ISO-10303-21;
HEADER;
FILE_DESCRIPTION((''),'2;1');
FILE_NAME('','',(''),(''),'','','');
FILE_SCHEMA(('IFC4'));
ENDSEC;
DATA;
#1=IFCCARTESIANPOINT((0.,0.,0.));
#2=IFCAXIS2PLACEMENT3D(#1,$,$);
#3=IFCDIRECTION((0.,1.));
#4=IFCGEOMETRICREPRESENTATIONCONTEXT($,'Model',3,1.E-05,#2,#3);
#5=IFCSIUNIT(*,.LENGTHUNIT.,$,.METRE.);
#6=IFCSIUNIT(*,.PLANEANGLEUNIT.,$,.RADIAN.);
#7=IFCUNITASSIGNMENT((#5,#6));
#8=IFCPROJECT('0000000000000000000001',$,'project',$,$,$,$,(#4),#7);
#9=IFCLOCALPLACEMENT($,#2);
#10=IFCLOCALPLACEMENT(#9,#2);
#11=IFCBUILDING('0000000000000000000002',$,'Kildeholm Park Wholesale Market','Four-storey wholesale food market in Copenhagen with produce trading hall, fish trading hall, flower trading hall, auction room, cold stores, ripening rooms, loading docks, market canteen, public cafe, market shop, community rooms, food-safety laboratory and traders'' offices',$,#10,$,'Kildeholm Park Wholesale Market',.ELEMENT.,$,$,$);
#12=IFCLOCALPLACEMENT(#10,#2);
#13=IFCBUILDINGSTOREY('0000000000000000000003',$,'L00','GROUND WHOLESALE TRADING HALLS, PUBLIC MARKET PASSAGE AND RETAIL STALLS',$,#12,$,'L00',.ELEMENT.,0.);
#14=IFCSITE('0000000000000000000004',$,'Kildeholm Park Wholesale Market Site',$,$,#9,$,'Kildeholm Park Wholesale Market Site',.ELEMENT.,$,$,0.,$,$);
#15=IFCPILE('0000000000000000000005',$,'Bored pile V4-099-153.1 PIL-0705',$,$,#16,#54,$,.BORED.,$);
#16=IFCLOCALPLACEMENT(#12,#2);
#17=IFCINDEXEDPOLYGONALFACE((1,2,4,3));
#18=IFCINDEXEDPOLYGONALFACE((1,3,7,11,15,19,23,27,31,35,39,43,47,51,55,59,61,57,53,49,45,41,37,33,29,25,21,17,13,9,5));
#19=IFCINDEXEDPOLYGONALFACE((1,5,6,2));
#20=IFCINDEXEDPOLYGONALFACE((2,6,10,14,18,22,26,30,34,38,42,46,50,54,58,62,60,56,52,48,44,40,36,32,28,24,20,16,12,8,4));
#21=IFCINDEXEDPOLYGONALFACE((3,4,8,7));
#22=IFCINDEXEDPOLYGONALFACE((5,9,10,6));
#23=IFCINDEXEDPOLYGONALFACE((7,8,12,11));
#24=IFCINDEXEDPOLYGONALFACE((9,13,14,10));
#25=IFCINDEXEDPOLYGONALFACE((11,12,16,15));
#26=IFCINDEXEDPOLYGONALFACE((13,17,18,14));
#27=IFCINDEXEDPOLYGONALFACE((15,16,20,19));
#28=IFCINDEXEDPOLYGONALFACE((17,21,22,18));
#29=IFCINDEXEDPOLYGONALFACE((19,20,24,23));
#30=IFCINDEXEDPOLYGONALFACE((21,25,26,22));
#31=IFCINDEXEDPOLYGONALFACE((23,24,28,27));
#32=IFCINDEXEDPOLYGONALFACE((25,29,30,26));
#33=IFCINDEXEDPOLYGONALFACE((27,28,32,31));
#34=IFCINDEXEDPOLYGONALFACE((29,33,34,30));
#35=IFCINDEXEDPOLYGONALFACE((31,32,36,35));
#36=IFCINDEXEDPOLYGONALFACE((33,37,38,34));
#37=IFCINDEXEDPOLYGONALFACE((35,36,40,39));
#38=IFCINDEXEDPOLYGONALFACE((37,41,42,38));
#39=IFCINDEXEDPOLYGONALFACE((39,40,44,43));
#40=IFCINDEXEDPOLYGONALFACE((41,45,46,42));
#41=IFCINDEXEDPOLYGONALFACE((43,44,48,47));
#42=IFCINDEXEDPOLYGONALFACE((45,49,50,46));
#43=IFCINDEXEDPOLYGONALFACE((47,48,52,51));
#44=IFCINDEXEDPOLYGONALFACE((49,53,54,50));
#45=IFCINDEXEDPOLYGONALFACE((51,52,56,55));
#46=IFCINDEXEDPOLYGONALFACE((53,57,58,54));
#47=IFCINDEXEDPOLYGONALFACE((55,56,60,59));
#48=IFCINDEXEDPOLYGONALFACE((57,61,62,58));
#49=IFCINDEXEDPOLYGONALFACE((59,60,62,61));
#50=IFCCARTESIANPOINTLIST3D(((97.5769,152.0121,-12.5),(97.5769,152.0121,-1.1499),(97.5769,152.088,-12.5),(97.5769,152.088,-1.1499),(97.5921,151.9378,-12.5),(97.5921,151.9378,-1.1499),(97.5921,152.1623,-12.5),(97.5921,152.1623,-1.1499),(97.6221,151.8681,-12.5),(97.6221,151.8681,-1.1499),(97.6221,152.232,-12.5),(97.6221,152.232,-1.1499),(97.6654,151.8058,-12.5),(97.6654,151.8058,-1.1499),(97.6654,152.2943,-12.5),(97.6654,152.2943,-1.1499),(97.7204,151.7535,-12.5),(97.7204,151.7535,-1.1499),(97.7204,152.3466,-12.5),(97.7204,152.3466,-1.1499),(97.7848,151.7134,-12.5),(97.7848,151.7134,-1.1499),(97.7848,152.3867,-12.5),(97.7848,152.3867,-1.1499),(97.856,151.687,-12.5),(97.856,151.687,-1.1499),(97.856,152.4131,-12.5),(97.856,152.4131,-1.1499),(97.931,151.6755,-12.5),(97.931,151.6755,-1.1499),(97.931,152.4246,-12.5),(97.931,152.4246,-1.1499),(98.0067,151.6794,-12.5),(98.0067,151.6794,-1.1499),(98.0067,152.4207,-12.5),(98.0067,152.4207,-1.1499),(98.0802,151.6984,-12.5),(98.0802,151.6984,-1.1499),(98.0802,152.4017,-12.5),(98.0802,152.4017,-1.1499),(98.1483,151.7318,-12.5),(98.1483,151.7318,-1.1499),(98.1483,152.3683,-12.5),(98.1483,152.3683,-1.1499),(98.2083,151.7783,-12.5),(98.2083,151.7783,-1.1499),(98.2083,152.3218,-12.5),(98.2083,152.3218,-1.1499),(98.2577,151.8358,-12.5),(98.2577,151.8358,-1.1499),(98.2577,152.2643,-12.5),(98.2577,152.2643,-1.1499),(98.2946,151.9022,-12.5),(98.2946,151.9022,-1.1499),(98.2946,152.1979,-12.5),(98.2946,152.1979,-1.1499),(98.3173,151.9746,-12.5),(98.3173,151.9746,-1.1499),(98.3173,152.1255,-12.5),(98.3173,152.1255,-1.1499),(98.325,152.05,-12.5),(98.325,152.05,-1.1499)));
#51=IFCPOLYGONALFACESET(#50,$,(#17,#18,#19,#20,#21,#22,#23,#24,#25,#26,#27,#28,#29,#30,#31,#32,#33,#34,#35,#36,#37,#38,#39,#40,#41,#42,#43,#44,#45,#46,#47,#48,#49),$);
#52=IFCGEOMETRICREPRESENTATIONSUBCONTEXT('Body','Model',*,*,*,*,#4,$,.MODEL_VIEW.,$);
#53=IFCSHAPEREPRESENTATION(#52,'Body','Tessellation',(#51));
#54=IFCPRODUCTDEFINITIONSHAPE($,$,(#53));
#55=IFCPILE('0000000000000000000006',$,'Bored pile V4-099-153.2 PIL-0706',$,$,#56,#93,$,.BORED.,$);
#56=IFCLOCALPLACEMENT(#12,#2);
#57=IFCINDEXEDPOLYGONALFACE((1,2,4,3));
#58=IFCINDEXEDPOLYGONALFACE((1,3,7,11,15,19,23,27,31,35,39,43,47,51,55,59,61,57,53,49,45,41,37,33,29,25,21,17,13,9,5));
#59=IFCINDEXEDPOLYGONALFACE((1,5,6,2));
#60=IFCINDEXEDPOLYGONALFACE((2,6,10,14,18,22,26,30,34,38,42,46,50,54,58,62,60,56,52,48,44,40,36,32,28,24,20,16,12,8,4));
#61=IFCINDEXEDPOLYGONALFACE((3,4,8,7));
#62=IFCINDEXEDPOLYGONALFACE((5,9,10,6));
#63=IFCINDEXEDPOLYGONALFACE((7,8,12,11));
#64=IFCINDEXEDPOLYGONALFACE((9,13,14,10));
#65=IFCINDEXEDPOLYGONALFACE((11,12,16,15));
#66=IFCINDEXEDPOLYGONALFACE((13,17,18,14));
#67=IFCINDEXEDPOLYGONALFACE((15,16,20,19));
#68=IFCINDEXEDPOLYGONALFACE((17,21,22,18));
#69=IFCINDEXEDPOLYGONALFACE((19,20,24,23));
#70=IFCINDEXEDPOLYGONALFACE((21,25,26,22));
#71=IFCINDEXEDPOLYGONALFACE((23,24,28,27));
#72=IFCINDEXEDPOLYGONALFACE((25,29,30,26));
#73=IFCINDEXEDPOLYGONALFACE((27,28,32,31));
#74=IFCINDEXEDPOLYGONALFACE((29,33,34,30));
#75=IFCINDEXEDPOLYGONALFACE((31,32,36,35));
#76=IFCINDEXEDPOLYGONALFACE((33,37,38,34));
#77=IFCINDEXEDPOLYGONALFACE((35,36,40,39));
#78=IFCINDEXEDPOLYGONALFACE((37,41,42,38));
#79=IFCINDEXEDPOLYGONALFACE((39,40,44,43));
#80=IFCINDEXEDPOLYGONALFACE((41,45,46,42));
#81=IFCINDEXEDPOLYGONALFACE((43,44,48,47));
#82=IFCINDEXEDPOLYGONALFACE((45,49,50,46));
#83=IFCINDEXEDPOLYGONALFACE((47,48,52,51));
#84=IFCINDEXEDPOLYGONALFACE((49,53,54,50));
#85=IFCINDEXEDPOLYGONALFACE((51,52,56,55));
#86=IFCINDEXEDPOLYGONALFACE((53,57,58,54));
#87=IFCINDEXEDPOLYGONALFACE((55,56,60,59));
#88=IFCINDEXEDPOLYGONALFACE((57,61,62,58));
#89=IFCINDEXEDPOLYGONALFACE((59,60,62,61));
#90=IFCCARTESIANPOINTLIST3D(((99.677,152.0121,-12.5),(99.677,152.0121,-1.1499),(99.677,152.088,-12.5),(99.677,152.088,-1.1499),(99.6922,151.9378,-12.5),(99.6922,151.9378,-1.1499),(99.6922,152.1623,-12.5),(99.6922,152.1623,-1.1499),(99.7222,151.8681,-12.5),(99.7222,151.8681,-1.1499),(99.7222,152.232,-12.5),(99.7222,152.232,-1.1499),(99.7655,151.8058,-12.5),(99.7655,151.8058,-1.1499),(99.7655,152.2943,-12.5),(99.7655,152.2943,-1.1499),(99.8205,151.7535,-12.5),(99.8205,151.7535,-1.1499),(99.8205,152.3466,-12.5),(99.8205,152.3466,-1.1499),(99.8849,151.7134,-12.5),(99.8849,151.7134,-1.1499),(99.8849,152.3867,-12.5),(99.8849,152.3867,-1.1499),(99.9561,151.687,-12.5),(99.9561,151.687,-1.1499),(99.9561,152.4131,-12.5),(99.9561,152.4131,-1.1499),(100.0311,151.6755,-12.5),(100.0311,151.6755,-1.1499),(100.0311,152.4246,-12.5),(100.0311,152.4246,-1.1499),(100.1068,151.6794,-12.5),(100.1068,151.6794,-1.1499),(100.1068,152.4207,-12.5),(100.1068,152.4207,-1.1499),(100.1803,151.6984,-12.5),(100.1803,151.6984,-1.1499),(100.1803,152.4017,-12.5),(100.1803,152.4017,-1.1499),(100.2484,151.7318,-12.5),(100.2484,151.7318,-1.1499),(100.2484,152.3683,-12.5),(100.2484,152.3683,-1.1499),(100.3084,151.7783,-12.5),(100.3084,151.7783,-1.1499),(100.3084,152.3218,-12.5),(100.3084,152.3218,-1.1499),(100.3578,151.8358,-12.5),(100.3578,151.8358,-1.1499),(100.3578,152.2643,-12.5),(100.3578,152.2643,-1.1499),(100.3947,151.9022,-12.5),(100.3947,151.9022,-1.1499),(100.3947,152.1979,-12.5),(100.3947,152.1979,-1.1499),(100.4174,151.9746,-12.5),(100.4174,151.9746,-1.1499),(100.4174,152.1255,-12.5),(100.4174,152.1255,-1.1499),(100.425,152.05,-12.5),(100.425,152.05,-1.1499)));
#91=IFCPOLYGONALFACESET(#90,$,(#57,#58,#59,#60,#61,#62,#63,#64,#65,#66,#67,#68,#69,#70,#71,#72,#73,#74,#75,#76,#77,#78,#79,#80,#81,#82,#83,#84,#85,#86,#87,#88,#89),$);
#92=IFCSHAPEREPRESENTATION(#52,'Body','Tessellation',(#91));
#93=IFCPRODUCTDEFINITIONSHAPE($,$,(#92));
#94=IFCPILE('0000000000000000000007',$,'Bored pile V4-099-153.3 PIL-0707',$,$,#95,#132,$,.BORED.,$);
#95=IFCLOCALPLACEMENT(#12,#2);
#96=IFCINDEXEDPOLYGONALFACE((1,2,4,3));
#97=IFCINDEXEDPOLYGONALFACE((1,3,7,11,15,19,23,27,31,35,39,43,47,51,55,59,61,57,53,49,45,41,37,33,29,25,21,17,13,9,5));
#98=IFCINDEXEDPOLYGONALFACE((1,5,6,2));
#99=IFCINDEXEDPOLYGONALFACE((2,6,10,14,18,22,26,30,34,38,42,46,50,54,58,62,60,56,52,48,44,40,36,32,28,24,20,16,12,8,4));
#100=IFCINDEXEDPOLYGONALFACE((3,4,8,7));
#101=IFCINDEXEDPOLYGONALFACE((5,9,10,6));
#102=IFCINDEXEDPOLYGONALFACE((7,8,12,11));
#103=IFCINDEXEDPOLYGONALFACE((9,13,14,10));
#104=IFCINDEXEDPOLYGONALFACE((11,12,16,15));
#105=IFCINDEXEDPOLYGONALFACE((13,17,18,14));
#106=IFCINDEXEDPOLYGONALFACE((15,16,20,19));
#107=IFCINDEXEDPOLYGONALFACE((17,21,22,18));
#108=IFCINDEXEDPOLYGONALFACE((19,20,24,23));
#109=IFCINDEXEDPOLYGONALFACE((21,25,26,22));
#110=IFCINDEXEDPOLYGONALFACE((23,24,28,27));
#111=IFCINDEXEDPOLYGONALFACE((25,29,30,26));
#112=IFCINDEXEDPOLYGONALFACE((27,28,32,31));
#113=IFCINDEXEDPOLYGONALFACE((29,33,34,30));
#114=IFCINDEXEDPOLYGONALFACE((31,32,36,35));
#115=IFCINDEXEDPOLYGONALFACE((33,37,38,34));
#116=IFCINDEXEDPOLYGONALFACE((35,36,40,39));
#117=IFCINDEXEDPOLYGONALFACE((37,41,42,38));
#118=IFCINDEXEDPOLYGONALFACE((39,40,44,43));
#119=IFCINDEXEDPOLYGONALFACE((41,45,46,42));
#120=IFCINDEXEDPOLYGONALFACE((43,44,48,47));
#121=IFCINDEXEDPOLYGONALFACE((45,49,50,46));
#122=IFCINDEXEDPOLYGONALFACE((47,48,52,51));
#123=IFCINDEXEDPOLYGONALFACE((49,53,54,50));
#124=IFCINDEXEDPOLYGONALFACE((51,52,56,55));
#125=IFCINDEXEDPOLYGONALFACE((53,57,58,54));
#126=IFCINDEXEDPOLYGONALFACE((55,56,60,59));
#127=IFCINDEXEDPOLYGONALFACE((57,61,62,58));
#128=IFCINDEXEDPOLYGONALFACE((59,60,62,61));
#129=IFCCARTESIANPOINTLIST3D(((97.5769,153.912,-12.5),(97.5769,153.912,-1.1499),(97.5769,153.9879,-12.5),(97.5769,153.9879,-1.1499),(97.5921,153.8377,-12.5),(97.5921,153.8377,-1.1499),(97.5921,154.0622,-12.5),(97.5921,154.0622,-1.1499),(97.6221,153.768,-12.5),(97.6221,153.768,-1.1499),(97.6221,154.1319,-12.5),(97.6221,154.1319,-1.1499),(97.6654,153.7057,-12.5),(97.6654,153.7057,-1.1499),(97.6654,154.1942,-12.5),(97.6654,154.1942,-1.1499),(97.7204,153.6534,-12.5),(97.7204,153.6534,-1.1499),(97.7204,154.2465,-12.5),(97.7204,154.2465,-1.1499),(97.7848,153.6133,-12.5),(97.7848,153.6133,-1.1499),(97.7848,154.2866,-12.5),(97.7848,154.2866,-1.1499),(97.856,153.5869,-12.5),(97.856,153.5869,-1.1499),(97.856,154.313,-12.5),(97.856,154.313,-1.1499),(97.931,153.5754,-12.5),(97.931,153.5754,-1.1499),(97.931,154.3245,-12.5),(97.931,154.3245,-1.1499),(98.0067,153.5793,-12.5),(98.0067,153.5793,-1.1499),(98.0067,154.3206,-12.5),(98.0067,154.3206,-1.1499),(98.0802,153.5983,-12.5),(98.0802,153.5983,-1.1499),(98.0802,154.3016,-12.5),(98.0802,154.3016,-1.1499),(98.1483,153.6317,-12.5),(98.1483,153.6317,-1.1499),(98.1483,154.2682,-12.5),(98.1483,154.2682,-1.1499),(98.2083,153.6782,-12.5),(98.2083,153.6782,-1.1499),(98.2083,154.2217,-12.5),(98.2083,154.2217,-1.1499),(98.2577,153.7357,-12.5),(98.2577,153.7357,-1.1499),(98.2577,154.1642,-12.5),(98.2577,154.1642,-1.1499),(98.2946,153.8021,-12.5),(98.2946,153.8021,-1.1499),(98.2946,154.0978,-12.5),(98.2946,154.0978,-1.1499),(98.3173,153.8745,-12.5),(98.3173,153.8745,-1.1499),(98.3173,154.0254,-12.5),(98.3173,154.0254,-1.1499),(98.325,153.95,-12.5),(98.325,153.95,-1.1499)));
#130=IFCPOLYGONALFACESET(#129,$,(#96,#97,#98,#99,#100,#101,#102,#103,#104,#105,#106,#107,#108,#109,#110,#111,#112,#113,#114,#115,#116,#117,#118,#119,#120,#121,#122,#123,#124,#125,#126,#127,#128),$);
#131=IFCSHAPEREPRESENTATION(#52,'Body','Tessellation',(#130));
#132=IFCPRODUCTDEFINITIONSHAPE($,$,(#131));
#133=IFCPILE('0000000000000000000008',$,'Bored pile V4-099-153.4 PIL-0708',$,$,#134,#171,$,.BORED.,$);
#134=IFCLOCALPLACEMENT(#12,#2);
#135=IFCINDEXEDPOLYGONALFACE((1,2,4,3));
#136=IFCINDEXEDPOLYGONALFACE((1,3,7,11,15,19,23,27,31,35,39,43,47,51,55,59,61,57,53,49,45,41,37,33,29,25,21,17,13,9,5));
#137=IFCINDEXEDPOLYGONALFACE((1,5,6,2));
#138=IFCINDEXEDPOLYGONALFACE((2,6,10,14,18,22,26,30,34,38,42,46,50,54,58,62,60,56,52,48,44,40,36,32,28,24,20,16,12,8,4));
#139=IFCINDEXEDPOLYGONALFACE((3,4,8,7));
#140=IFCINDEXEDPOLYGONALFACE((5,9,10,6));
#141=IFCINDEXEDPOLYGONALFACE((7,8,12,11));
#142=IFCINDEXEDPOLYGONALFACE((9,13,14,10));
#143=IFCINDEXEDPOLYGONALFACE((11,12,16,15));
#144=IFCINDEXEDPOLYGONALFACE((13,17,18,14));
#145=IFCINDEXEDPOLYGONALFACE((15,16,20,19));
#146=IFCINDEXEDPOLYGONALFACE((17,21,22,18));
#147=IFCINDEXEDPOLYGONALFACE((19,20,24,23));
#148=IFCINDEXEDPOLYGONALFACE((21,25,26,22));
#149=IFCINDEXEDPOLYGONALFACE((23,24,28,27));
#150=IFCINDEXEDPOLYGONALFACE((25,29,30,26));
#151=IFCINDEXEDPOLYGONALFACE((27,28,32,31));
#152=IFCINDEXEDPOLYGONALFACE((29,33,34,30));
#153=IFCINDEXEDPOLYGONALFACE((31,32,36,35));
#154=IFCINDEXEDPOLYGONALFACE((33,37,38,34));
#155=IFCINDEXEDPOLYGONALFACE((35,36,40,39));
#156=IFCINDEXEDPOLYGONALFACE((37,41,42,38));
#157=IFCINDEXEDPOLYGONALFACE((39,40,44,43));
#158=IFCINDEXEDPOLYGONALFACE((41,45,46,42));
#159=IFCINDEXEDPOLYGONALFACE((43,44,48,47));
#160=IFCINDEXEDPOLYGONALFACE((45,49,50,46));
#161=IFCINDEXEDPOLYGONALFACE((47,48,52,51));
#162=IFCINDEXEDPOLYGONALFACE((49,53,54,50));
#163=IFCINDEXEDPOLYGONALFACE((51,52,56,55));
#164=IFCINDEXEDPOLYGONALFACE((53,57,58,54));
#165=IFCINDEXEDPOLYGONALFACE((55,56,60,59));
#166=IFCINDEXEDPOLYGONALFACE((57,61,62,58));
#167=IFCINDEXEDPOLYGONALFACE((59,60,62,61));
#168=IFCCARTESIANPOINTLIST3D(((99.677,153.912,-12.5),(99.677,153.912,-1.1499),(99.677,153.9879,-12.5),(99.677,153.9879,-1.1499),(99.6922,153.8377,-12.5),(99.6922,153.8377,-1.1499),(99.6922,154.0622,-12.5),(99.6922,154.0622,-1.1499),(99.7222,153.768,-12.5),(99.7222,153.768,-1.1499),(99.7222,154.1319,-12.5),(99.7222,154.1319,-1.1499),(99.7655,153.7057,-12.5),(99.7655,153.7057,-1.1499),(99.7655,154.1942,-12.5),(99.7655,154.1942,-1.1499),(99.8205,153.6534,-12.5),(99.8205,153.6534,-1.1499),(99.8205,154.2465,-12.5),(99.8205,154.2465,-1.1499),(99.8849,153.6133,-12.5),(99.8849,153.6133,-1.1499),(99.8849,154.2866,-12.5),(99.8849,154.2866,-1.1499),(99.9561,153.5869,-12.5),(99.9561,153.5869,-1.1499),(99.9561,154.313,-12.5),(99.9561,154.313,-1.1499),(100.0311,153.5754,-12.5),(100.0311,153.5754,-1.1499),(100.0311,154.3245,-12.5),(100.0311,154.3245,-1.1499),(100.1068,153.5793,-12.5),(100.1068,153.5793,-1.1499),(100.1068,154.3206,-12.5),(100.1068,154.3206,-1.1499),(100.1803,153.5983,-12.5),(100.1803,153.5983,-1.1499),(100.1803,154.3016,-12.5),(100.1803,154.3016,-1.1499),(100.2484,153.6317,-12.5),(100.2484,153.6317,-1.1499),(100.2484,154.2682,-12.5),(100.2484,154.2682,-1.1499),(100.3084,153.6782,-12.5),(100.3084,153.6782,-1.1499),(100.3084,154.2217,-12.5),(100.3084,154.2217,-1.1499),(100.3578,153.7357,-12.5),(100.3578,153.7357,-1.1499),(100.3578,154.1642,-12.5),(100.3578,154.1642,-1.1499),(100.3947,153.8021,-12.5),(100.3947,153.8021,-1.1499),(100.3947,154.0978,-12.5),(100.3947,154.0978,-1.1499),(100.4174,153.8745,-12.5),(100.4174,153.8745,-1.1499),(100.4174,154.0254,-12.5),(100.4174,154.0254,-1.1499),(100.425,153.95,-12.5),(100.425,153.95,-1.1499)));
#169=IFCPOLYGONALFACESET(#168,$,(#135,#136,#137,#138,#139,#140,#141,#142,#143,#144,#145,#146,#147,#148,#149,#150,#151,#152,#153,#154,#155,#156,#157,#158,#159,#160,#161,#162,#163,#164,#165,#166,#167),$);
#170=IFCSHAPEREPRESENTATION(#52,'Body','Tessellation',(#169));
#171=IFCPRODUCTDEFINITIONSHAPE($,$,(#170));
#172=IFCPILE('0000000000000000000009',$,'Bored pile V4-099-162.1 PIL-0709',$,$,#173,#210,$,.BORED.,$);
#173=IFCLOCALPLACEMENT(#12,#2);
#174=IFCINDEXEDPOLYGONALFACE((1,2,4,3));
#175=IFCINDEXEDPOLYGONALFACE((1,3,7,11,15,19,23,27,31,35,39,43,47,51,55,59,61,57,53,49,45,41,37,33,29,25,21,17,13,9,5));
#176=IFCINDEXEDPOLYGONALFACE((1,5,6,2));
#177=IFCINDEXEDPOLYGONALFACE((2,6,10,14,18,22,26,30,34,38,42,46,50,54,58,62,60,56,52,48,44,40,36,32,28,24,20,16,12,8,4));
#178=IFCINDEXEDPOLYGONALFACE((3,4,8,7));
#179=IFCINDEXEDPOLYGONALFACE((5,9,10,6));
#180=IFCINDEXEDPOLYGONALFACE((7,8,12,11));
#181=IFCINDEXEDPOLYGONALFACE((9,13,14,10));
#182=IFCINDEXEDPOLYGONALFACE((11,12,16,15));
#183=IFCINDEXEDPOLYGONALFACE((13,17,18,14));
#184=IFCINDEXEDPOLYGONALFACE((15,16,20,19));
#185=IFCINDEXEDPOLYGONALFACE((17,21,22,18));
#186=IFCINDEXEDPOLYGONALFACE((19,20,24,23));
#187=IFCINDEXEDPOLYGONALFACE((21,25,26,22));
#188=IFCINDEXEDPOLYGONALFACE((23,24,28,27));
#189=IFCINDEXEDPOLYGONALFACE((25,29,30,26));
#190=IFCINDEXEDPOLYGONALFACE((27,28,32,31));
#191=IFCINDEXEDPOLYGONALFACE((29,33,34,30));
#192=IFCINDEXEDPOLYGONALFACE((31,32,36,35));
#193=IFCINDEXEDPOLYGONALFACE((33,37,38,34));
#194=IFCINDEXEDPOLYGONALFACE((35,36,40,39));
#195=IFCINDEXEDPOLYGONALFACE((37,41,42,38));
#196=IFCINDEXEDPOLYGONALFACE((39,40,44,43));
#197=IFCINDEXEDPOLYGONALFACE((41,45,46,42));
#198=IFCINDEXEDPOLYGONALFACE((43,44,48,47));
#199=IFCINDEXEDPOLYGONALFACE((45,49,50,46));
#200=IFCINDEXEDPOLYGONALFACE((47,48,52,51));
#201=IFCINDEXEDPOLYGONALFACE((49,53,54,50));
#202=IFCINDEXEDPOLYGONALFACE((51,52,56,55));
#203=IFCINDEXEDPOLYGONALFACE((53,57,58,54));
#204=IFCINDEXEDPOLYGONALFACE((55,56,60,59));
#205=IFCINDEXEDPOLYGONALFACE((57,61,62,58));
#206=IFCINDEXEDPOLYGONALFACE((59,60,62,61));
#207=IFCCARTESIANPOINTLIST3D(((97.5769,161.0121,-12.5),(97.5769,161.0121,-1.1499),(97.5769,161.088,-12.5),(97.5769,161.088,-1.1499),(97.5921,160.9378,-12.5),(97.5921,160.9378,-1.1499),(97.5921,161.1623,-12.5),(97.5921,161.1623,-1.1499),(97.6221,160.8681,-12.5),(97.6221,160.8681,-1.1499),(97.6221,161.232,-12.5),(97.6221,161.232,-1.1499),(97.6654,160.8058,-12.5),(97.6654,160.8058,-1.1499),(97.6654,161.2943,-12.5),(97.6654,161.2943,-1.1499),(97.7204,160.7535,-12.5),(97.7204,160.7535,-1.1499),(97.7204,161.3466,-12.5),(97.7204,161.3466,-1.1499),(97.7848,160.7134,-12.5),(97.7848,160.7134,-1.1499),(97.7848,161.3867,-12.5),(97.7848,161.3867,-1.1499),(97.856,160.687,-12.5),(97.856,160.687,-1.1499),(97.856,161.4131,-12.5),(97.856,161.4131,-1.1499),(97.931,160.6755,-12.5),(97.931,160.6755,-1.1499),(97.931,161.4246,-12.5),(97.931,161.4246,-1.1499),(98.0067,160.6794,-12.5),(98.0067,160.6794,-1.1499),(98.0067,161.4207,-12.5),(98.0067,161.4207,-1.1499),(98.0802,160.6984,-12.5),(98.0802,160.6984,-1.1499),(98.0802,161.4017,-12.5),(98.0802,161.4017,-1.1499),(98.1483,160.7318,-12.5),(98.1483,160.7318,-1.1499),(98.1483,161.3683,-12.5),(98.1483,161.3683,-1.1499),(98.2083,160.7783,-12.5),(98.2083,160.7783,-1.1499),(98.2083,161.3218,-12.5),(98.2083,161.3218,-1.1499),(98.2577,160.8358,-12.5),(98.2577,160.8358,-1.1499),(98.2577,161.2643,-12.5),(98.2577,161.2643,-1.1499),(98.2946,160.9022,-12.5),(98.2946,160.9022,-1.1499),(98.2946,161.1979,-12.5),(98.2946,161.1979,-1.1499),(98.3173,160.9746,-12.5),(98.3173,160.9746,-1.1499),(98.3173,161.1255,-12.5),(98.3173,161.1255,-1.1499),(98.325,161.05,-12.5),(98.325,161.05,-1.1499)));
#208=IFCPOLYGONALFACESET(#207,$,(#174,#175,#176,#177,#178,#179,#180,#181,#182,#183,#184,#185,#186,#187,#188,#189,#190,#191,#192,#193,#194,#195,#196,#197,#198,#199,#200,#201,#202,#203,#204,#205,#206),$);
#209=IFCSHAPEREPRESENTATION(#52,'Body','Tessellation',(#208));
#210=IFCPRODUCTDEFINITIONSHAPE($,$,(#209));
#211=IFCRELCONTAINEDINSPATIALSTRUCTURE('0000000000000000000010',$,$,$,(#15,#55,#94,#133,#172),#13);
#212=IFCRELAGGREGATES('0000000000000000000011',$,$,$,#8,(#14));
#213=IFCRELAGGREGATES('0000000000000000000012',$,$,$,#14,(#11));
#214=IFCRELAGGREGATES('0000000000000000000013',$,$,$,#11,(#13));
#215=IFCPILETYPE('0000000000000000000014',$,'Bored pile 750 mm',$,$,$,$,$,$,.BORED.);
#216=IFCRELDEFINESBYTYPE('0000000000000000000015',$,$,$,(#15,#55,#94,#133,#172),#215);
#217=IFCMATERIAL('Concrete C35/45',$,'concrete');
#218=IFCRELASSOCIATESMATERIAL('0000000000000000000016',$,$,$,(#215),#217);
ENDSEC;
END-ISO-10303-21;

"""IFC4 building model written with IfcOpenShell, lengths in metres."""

from ifc_helpers import new_model, si_unit, direction, frame, origin, origin_2d, place, context, subcontext, project, spatial, circle, extrude, material, material_profile, profile_set, type_object, element, save


model = new_model("IFC4")

# Units and contexts
model_context = context("Model", 3, precision=1e-05, world=origin(), true_north=direction((0.0, 1.0)))
body_context = subcontext(model_context, "Body", "Model", "MODEL_VIEW")
ifc_project = project(units=[si_unit("LENGTHUNIT", "METRE"), si_unit("PLANEANGLEUNIT", "RADIAN")], contexts=[model_context])

# Site, building, storey
site_placement = place(None, origin())
site = spatial("IfcSite", under=ifc_project, at=site_placement, Name="Kildeholm Park Wholesale Market Site", LongName="Kildeholm Park Wholesale Market Site", CompositionType="ELEMENT", RefElevation=0.0)
building_placement = place(site_placement, origin())
building = spatial("IfcBuilding", under=site, at=building_placement, Name="Kildeholm Park Wholesale Market", Description="Four-storey wholesale food market in Copenhagen with produce trading hall, fish trading hall, flower trading hall, auction room, cold stores, ripening rooms, loading docks, market canteen, public cafe, market shop, community rooms, food-safety laboratory and traders' offices", LongName="Kildeholm Park Wholesale Market", CompositionType="ELEMENT")
storey_placement = place(building_placement, origin())
storey = spatial("IfcBuildingStorey", under=building, at=storey_placement, Name="L00", Description="GROUND WHOLESALE TRADING HALLS, PUBLIC MARKET PASSAGE AND RETAIL STALLS", LongName="L00", CompositionType="ELEMENT", Elevation=0.0)

# Piles
ifc_material_1 = material(Name="Concrete C35/45", Category="concrete")
ifc_material_profile_1 = material_profile(ifc_material_1, circle(Radius=0.375, at=origin_2d()), Name="PILE D750")
ifc_profile_set_1 = profile_set([ifc_material_profile_1], Name="Concrete C35/45")
pile_type = type_object("IfcPileType", Name="Bored pile 750 mm", PredefinedType="BORED", material=ifc_profile_set_1)
for number, where, z_axis, x_axis, name in (
    (1, (97.95, 152.05, -1.1499), (0.0, 0.0, -1.0), (1.0, 0.0, 0.0), "Bored pile V4-099-153.1 PIL-0705"),
    (2, (100.05, 152.05, -1.1499), (0.0, 0.0, -1.0), (1.0, 0.0, 0.0), "Bored pile V4-099-153.2 PIL-0706"),
    (3, (97.95, 153.95, -1.1499), (0.0, 0.0, -1.0), (1.0, 0.0, 0.0), "Bored pile V4-099-153.3 PIL-0707"),
    (4, (100.05, 153.95, -1.1499), (0.0, 0.0, -1.0), (1.0, 0.0, 0.0), "Bored pile V4-099-153.4 PIL-0708"),
    (5, (97.95, 161.05, -1.1499), (0.0, 0.0, -1.0), (1.0, 0.0, 0.0), "Bored pile V4-099-162.1 PIL-0709"),
):
    element("IfcPile", number, at=place(storey_placement, frame(where, z_axis=z_axis, x_axis=x_axis)), inside=storey, type_object=pile_type, Name=name, PredefinedType="BORED", context=body_context, shape_type="SweptSolid", body=[
        extrude(circle(Radius=0.375, at=origin_2d()), origin(), (0.0, 0.0, 1.0), 11.3501),
    ])

save(model, "model.ifc")
